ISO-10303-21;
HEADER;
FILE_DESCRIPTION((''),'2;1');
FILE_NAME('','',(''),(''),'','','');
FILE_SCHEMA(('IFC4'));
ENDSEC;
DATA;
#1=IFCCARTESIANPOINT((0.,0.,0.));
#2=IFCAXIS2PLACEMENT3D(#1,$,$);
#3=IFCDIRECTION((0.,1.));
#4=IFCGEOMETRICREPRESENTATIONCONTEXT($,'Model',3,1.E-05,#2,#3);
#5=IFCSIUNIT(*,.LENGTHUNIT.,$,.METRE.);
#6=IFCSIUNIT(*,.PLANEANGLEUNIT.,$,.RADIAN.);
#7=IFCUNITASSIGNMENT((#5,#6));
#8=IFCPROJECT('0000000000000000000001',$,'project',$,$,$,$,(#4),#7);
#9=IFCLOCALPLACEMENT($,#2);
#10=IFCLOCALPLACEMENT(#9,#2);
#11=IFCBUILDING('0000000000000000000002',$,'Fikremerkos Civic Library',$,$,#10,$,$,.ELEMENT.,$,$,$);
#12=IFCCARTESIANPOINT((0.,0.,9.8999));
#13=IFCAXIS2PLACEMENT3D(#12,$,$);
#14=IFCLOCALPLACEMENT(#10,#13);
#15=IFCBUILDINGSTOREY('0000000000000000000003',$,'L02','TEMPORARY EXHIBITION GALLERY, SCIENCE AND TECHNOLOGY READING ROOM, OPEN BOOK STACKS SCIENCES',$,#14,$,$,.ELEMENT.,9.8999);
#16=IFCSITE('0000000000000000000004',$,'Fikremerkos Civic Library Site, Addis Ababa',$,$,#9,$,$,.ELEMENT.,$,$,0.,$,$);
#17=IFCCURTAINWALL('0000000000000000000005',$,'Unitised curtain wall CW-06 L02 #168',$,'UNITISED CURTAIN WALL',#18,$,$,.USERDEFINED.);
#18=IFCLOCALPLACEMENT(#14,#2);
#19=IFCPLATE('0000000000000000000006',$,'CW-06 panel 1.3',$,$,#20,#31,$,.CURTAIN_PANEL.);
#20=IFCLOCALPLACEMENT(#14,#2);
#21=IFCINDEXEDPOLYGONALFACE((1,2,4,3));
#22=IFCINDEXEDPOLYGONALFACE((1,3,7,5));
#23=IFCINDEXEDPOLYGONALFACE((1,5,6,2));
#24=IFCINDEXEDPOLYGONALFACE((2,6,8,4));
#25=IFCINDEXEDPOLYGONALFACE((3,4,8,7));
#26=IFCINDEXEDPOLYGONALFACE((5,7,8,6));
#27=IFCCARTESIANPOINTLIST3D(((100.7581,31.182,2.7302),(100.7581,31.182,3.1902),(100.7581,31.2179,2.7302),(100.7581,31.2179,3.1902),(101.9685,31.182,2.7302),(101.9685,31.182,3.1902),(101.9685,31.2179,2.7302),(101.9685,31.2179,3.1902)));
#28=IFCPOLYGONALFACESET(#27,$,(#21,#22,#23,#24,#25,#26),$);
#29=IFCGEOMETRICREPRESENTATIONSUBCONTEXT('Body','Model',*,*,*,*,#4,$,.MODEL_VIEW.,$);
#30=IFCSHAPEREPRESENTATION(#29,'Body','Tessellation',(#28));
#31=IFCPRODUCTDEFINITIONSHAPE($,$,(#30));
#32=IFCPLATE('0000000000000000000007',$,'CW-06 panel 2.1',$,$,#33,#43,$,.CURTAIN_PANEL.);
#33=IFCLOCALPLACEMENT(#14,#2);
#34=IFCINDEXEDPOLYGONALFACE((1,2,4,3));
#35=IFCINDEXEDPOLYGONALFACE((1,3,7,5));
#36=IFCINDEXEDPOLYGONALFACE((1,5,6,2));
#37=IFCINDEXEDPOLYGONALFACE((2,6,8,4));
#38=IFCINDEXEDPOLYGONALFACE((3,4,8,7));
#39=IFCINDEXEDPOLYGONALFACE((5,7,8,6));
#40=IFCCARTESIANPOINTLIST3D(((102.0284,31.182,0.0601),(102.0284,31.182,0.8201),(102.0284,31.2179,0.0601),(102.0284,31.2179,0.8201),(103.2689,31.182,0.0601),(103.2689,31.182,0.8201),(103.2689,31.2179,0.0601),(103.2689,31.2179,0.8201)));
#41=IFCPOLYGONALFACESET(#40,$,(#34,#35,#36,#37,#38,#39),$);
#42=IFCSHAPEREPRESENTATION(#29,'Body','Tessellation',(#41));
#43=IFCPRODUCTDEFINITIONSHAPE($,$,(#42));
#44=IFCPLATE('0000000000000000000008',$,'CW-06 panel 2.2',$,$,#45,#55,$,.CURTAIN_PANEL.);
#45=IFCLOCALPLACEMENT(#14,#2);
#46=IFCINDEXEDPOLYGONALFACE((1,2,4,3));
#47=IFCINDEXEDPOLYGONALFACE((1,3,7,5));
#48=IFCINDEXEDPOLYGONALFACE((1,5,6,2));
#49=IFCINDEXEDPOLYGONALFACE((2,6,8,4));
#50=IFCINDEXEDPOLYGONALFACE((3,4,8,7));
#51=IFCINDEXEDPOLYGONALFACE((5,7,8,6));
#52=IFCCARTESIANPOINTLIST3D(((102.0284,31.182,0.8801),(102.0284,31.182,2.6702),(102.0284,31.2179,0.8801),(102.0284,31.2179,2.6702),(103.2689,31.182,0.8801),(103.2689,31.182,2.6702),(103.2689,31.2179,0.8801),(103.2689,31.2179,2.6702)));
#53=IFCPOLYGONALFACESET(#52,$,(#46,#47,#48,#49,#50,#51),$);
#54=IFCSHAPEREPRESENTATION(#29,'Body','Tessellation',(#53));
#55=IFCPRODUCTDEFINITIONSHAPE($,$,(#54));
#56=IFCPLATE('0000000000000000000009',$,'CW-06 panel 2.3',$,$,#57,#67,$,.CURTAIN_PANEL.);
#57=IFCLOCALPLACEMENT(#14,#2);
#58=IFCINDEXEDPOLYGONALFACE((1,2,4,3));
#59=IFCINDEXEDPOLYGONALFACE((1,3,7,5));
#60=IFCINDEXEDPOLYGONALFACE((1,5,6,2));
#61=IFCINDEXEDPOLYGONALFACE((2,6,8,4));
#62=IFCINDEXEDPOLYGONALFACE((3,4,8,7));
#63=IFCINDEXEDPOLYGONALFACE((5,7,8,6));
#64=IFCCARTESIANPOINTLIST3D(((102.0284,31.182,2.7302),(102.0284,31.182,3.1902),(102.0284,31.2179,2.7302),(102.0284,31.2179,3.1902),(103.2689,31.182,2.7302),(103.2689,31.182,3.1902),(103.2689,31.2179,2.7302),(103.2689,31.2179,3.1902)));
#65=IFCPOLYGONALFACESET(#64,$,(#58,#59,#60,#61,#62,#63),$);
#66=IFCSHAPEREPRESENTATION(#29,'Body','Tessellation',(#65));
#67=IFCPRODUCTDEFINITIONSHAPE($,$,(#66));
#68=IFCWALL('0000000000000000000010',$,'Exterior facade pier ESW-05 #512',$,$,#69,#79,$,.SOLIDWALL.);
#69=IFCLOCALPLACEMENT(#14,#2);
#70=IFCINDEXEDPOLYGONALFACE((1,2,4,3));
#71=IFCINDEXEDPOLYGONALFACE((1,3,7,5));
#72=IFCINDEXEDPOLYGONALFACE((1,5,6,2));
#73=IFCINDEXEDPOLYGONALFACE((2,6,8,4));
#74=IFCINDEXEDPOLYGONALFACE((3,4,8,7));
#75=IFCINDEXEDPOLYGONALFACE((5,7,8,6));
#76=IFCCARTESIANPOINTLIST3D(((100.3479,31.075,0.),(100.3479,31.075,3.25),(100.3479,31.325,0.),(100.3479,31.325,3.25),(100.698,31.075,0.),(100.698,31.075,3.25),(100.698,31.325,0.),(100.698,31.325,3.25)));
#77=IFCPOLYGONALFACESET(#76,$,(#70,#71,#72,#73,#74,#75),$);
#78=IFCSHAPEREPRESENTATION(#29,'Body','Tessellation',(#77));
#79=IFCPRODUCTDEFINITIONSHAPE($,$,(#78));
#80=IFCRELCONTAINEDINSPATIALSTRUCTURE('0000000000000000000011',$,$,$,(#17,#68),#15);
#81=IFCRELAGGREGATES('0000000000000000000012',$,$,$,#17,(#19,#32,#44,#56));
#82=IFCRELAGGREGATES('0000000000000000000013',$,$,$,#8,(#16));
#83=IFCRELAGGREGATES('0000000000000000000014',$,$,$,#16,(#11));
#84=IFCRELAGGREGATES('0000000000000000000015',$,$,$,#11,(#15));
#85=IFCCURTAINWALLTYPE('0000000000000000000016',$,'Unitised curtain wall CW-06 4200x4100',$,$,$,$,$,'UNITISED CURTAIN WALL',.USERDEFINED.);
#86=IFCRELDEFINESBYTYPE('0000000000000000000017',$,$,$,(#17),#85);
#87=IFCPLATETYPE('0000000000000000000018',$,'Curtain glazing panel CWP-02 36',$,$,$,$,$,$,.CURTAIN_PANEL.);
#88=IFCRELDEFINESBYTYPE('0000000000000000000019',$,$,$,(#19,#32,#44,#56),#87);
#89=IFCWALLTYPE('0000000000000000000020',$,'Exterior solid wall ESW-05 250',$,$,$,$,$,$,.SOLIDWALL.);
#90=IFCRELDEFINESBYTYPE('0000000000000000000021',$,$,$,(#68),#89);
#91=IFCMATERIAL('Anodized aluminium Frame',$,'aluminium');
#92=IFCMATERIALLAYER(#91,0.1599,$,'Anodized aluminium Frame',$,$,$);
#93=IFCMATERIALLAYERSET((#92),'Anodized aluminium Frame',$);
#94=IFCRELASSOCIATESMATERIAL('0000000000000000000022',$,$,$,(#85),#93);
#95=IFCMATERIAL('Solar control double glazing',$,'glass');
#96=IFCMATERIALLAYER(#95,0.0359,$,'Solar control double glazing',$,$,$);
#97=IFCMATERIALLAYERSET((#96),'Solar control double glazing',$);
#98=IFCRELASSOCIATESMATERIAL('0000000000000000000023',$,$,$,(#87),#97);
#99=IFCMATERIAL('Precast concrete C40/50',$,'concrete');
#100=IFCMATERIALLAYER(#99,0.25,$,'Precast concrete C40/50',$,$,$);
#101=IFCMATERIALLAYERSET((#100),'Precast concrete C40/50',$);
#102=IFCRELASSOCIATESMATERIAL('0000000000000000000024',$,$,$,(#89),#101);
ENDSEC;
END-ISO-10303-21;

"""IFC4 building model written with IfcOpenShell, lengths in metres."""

from ifc_helpers import new_model, si_unit, direction, frame, frame_2d, origin, origin_2d, place, context, subcontext, project, spatial, rectangle, extrude, material, layer, layer_set, type_object, element, aggregate, save


model = new_model("IFC4")

# Units and contexts
model_context = context("Model", 3, precision=1e-05, world=origin(), true_north=direction((0.0, 1.0)))
body_context = subcontext(model_context, "Body", "Model", "MODEL_VIEW")
ifc_project = project(units=[si_unit("LENGTHUNIT", "METRE"), si_unit("PLANEANGLEUNIT", "RADIAN")], contexts=[model_context])

# Site, building, storey
site_placement = place(None, origin())
site = spatial("IfcSite", under=ifc_project, at=site_placement, Name="Fikremerkos Civic Library Site, Addis Ababa", CompositionType="ELEMENT", RefElevation=0.0)
building_placement = place(site_placement, origin())
building = spatial("IfcBuilding", under=site, at=building_placement, Name="Fikremerkos Civic Library", CompositionType="ELEMENT")
storey_placement = place(building_placement, frame((0.0, 0.0, 9.8999)))
storey = spatial("IfcBuildingStorey", under=building, at=storey_placement, Name="L02", Description="TEMPORARY EXHIBITION GALLERY, SCIENCE AND TECHNOLOGY READING ROOM, OPEN BOOK STACKS SCIENCES", CompositionType="ELEMENT", Elevation=9.8999)

# Curtain wall
ifc_material_1 = material(Name="Anodized aluminium Frame", Category="aluminium")
ifc_layer_1 = layer(ifc_material_1, 0.1599, Name="Anodized aluminium Frame")
ifc_layer_set_1 = layer_set([ifc_layer_1], Name="Anodized aluminium Frame")
curtain_wall_type = type_object("IfcCurtainWallType", Name="Unitised curtain wall CW-06 4200x4100", ElementType="UNITISED CURTAIN WALL", PredefinedType="USERDEFINED", material=ifc_layer_set_1)
curtain_wall_placement = place(storey_placement, origin())
curtain_wall = element("IfcCurtainWall", 1, at=curtain_wall_placement, inside=storey, type_object=curtain_wall_type, Name="Unitised curtain wall CW-06 L02 #168", ObjectType="UNITISED CURTAIN WALL", PredefinedType="USERDEFINED")

# Plates
ifc_material_2 = material(Name="Solar control double glazing", Category="glass")
ifc_layer_2 = layer(ifc_material_2, 0.0359, Name="Solar control double glazing")
ifc_layer_set_2 = layer_set([ifc_layer_2], Name="Solar control double glazing")
plate_type = type_object("IfcPlateType", Name="Curtain glazing panel CWP-02 36", PredefinedType="CURTAIN_PANEL", material=ifc_layer_set_2)
plate_1_placement = place(storey_placement, frame((101.3633, 31.2, 2.7302), z_axis=(0.0, 0.0, 1.0), x_axis=(1.0, 0.0, 0.0)))
plate_1 = element("IfcPlate", 2, at=plate_1_placement, type_object=plate_type, Name="CW-06 panel 1.3", PredefinedType="CURTAIN_PANEL", context=body_context, shape_type="SweptSolid", body=[
    extrude(rectangle(XDim=1.2104, YDim=0.0359, at=origin_2d()), origin(), (0.0, 0.0, 1.0), 0.46),
])
plate_2_placement = place(storey_placement, frame((102.6487, 31.2, 0.0601), z_axis=(0.0, 0.0, 1.0), x_axis=(1.0, 0.0, 0.0)))
plate_2 = element("IfcPlate", 3, at=plate_2_placement, type_object=plate_type, Name="CW-06 panel 2.1", PredefinedType="CURTAIN_PANEL", context=body_context, shape_type="SweptSolid", body=[
    extrude(rectangle(XDim=1.2405, YDim=0.0359, at=origin_2d()), origin(), (0.0, 0.0, 1.0), 0.76),
])
plate_3_placement = place(storey_placement, frame((102.6487, 31.2, 0.8801), z_axis=(0.0, 0.0, 1.0), x_axis=(1.0, 0.0, 0.0)))
plate_3 = element("IfcPlate", 4, at=plate_3_placement, type_object=plate_type, Name="CW-06 panel 2.2", PredefinedType="CURTAIN_PANEL", context=body_context, shape_type="SweptSolid", body=[
    extrude(rectangle(XDim=1.2405, YDim=0.0359, at=origin_2d()), origin(), (0.0, 0.0, 1.0), 1.79),
])
plate_4_placement = place(storey_placement, frame((102.6487, 31.2, 2.7302), z_axis=(0.0, 0.0, 1.0), x_axis=(1.0, 0.0, 0.0)))
plate_4 = element("IfcPlate", 5, at=plate_4_placement, type_object=plate_type, Name="CW-06 panel 2.3", PredefinedType="CURTAIN_PANEL", context=body_context, shape_type="SweptSolid", body=[
    extrude(rectangle(XDim=1.2405, YDim=0.0359, at=origin_2d()), origin(), (0.0, 0.0, 1.0), 0.46),
])
aggregate(curtain_wall, [plate_1, plate_2, plate_3, plate_4])

# Wall
ifc_material_3 = material(Name="Precast concrete C40/50", Category="concrete")
ifc_layer_3 = layer(ifc_material_3, 0.25, Name="Precast concrete C40/50")
ifc_layer_set_3 = layer_set([ifc_layer_3], Name="Precast concrete C40/50")
wall_type = type_object("IfcWallType", Name="Exterior solid wall ESW-05 250", PredefinedType="SOLIDWALL", material=ifc_layer_set_3)
wall_placement = place(storey_placement, frame((100.3479, 31.2, 0.0), z_axis=(0.0, 0.0, 1.0), x_axis=(1.0, 0.0, 0.0)))
element("IfcWall", 6, at=wall_placement, inside=storey, type_object=wall_type, Name="Exterior facade pier ESW-05 #512", PredefinedType="SOLIDWALL", context=body_context, shape_type="SweptSolid", body=[
    extrude(rectangle(XDim=0.3501, YDim=0.25, at=frame_2d((0.175, 0.0))), origin(), (0.0, 0.0, 1.0), 3.25),
])

save(model, "model.ifc")
